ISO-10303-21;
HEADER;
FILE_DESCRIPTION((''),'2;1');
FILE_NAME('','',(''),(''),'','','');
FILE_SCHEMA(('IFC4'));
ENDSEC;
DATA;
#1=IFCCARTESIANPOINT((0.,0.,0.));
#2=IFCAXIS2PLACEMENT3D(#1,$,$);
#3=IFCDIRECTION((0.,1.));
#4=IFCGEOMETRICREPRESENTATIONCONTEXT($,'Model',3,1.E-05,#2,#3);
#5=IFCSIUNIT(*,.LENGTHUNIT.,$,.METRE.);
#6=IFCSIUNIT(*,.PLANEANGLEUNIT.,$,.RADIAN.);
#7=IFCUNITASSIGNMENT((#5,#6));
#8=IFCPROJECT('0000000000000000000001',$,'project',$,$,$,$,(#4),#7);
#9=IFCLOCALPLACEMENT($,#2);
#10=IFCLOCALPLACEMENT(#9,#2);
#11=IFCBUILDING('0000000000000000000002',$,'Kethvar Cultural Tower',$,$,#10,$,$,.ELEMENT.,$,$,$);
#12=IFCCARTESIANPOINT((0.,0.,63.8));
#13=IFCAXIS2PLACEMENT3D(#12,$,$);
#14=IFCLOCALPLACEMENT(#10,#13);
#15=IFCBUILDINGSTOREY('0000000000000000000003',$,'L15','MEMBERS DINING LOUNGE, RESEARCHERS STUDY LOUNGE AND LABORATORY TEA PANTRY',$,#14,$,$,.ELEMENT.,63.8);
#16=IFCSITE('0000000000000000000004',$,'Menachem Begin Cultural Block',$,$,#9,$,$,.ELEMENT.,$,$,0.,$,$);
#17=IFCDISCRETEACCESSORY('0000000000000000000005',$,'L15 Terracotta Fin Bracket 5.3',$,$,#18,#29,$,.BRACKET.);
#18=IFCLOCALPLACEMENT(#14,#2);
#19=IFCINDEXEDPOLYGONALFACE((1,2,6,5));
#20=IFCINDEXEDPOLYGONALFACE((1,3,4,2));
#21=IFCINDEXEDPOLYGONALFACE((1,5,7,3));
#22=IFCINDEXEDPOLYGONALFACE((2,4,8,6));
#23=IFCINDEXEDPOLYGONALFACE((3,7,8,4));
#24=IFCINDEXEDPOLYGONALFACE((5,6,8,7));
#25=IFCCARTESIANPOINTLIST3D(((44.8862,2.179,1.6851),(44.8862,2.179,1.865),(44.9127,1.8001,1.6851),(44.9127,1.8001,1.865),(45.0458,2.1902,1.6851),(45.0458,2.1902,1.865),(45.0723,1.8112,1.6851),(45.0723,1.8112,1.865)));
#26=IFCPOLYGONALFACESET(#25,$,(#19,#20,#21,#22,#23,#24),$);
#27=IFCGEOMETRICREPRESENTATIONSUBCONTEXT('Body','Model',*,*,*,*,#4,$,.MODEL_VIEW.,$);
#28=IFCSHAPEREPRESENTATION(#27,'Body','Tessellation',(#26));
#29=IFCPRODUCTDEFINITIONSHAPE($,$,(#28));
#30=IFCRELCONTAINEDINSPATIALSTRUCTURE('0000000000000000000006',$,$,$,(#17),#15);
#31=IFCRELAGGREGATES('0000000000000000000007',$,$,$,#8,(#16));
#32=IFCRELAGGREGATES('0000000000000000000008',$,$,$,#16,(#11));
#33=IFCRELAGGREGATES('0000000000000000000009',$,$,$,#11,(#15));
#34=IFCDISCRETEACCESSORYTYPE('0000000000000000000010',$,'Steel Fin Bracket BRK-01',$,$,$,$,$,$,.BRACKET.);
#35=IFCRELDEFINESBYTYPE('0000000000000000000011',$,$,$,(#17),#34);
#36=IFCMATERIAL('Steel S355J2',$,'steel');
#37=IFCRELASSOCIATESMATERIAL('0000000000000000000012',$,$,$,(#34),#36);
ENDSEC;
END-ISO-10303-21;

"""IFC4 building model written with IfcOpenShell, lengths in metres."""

from ifc_helpers import new_model, si_unit, direction, frame, origin, origin_2d, place, context, subcontext, project, spatial, rectangle, extrude, source, transform, mapped, material, type_object, element, save


model = new_model("IFC4")

# Units and contexts
model_context = context("Model", 3, precision=1e-05, world=origin(), true_north=direction((0.0, 1.0)))
body_context = subcontext(model_context, "Body", "Model", "MODEL_VIEW")
ifc_project = project(units=[si_unit("LENGTHUNIT", "METRE"), si_unit("PLANEANGLEUNIT", "RADIAN")], contexts=[model_context])

# Site, building, storey
site_placement = place(None, origin())
site = spatial("IfcSite", under=ifc_project, at=site_placement, Name="Menachem Begin Cultural Block", CompositionType="ELEMENT", RefElevation=0.0)
building_placement = place(site_placement, origin())
building = spatial("IfcBuilding", under=site, at=building_placement, Name="Kethvar Cultural Tower", CompositionType="ELEMENT")
storey_placement = place(building_placement, frame((0.0, 0.0, 63.8)))
storey = spatial("IfcBuildingStorey", under=building, at=storey_placement, Name="L15", Description="MEMBERS DINING LOUNGE, RESEARCHERS STUDY LOUNGE AND LABORATORY TEA PANTRY", CompositionType="ELEMENT", Elevation=63.8)

# Shared definitions
ifc_material_1 = material(Name="Steel S355J2", Category="steel")

# Discrete accessory
discrete_accessory_type = type_object("IfcDiscreteAccessoryType", Name="Steel Fin Bracket BRK-01", PredefinedType="BRACKET", material=ifc_material_1)
shared_shape_1 = source(origin(), body_context, "Body", "SweptSolid", [
    extrude(rectangle(XDim=0.3799, YDim=0.1599, at=origin_2d()), origin(), (0.0, 0.0, 1.0), 0.1799),
])
for number, where, z_axis, x_axis, name in (
    (1, (44.9792, 1.9951, 1.6851), (0.0, 0.0, 1.0), (0.069756, -0.997564, 0.0), "L15 Terracotta Fin Bracket 5.3"),
):
    element("IfcDiscreteAccessory", number, at=place(storey_placement, frame(where, z_axis=z_axis, x_axis=x_axis)), inside=storey, type_object=discrete_accessory_type, Name=name, PredefinedType="BRACKET", context=body_context, shape_type="MappedRepresentation", body=[
        mapped(shared_shape_1, transform((0.0, 0.0, 0.0), scale=1.0)),
    ])

save(model, "model.ifc")
